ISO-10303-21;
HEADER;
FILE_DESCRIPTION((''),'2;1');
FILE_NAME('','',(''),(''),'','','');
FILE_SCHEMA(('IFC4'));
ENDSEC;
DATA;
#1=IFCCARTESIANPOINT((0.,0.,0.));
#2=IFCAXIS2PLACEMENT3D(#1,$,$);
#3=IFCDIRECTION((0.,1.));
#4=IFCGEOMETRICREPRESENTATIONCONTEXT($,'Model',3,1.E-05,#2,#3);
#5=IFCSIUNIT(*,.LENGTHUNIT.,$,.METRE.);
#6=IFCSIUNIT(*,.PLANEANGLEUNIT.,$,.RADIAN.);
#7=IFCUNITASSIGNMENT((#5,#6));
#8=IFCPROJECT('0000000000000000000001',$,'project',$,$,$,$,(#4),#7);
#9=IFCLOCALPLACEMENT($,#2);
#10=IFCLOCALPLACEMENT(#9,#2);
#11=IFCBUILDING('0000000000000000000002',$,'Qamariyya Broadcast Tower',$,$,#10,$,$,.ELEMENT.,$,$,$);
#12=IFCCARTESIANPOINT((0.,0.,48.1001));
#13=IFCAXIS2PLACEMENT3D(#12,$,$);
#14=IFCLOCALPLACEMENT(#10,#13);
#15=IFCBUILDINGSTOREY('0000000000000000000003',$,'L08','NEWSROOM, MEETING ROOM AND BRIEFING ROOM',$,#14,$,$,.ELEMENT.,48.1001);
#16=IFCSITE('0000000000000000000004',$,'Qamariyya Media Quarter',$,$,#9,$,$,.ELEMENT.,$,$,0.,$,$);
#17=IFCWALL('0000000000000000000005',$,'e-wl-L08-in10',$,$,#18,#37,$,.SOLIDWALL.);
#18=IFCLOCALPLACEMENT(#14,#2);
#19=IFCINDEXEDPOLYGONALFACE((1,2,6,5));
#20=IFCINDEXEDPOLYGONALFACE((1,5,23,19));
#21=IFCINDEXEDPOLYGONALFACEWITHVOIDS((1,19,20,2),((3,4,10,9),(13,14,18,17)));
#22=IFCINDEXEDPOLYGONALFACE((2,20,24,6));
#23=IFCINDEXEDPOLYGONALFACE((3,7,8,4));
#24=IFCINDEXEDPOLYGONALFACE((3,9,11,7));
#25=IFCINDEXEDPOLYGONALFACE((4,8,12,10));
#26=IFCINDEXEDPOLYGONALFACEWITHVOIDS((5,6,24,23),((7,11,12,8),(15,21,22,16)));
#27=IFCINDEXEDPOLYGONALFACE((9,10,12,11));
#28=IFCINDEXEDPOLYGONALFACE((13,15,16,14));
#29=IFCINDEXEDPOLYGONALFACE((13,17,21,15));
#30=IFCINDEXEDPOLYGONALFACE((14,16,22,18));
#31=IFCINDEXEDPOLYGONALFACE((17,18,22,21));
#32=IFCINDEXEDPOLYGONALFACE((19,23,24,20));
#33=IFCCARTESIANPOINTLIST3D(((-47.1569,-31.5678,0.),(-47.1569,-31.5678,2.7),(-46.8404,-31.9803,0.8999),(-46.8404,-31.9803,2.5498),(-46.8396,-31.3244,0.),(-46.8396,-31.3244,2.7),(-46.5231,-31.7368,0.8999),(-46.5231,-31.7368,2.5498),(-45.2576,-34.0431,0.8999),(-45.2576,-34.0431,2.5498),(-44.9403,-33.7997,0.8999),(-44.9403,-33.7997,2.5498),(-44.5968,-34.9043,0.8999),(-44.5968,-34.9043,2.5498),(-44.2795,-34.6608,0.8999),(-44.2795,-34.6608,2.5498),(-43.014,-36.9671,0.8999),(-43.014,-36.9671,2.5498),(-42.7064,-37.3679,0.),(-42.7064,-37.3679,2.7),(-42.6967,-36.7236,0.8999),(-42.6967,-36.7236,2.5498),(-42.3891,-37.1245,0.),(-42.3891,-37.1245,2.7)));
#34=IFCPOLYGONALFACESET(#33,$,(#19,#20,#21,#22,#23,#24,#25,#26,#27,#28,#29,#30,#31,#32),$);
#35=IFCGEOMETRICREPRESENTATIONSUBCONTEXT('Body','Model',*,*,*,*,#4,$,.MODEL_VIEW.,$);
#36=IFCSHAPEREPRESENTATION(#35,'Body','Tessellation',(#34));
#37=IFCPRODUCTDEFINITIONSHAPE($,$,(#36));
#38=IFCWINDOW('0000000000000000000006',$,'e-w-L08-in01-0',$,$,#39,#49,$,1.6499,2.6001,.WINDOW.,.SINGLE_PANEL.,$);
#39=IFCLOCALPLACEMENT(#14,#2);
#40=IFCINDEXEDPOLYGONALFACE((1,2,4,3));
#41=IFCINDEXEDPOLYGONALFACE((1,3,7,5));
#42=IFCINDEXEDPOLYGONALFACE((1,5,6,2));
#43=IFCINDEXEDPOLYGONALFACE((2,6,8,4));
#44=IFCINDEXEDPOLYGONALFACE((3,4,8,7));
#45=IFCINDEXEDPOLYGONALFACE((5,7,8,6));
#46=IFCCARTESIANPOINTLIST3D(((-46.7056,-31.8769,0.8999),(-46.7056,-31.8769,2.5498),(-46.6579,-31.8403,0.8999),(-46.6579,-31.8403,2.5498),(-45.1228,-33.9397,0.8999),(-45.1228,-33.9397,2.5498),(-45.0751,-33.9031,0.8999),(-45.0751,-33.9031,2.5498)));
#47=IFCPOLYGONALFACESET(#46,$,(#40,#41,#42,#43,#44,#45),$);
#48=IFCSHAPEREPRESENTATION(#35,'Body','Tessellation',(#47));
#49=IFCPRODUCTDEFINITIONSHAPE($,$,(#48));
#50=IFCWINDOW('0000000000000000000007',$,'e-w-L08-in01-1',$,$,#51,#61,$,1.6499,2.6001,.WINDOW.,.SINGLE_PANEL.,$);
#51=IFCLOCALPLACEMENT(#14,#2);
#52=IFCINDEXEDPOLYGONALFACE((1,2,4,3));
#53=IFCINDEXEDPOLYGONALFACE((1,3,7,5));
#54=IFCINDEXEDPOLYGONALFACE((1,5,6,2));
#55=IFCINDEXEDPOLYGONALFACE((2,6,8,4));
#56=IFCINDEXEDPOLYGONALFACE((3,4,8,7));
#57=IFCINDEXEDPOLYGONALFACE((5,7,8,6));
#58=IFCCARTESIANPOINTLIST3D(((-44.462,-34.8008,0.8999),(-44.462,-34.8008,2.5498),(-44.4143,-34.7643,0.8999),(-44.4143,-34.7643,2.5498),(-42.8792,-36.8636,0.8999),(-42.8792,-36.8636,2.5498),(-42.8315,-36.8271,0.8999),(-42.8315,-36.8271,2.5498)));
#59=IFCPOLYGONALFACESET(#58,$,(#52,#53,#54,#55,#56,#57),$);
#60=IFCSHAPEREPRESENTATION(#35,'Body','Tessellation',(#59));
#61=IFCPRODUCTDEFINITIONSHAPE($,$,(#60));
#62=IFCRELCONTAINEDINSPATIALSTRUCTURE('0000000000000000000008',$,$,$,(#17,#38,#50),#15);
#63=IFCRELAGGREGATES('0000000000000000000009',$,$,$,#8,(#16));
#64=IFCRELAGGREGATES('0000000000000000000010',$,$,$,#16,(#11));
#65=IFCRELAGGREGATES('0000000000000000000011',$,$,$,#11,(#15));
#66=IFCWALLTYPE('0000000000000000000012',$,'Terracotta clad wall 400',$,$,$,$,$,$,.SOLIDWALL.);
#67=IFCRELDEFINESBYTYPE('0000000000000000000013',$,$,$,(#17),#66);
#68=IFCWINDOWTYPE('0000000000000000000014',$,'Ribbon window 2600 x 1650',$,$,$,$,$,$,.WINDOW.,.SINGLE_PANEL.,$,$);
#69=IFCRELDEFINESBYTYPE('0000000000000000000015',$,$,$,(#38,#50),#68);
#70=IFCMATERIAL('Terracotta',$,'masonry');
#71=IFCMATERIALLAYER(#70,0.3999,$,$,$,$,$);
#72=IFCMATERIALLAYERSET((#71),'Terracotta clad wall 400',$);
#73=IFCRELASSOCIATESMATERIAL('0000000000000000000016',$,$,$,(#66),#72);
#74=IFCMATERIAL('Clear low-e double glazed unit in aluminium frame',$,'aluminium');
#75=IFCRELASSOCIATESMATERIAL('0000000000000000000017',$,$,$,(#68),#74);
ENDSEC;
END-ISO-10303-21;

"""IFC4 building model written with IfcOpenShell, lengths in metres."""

from ifc_helpers import new_model, si_unit, direction, frame, frame_2d, origin, place, context, subcontext, project, spatial, rectangle, extrude, material, layer, layer_set, type_object, element, fill, save


model = new_model("IFC4")

# Units and contexts
model_context = context("Model", 3, precision=1e-05, world=origin(), true_north=direction((0.0, 1.0)))
body_context = subcontext(model_context, "Body", "Model", "MODEL_VIEW")
ifc_project = project(units=[si_unit("LENGTHUNIT", "METRE"), si_unit("PLANEANGLEUNIT", "RADIAN")], contexts=[model_context])

# Site, building, storey
site_placement = place(None, origin())
site = spatial("IfcSite", under=ifc_project, at=site_placement, Name="Qamariyya Media Quarter", CompositionType="ELEMENT", RefElevation=0.0)
building_placement = place(site_placement, origin())
building = spatial("IfcBuilding", under=site, at=building_placement, Name="Qamariyya Broadcast Tower", CompositionType="ELEMENT")
storey_placement = place(building_placement, frame((0.0, 0.0, 48.1001)))
storey = spatial("IfcBuildingStorey", under=building, at=storey_placement, Name="L08", Description="NEWSROOM, MEETING ROOM AND BRIEFING ROOM", CompositionType="ELEMENT", Elevation=48.1001)

# Shared definitions
ifc_material_1 = material(Name="Terracotta", Category="masonry")
ifc_layer = layer(ifc_material_1, 0.3999)
ifc_layer_set = layer_set([ifc_layer], Name="Terracotta clad wall 400")
wall_type = type_object("IfcWallType", Name="Terracotta clad wall 400", PredefinedType="SOLIDWALL", material=ifc_layer_set)
ifc_material_2 = material(Name="Clear low-e double glazed unit in aluminium frame", Category="aluminium")

# Wall, openings, windows
wall_1_placement = place(storey_placement, frame((-42.5479, -37.2461, 0.0), z_axis=(0.0, 0.0, 1.0), x_axis=(-0.608753, 0.79336, 0.0)))
wall_1 = element("IfcWall", 1, at=wall_1_placement, inside=storey, type_object=wall_type, Name="e-wl-L08-in10", PredefinedType="SOLIDWALL", context=body_context, shape_type="SweptSolid", body=[
    extrude(rectangle(XDim=7.3108, YDim=0.3999, at=frame_2d((3.6553, 0.0))), origin(), (0.0, 0.0, 1.0), 2.7),
])
opening_1_placement = place(wall_1_placement, frame((4.1907, 0.0, 0.8999)))
opening_1 = element("IfcOpeningElement", 2, at=opening_1_placement, cuts=wall_1, PredefinedType="OPENING", context=body_context, shape_type="SweptSolid", body=[
    extrude(rectangle(XDim=2.6001, YDim=1.6499, at=frame_2d((1.3, 0.825))), frame((0.0, 0.21, 0.0), z_axis=(0.0, -1.0, 0.0), x_axis=(1.0, 0.0, 0.0)), (0.0, 0.0, 1.0), 0.4199),
])
opening_2_placement = place(wall_1_placement, frame((0.5051, 0.0, 0.8999)))
opening_2 = element("IfcOpeningElement", 3, at=opening_2_placement, cuts=wall_1, PredefinedType="OPENING", context=body_context, shape_type="SweptSolid", body=[
    extrude(rectangle(XDim=2.6001, YDim=1.6499, at=frame_2d((1.3, 0.825))), frame((0.0, 0.21, 0.0), z_axis=(0.0, -1.0, 0.0), x_axis=(1.0, 0.0, 0.0)), (0.0, 0.0, 1.0), 0.4199),
])
window_type_1 = type_object("IfcWindowType", Name="Ribbon window 2600 x 1650", PartitioningType="SINGLE_PANEL", PredefinedType="WINDOW", material=ifc_material_2)
window_1_placement = place(opening_1_placement, origin())
window_1 = element("IfcWindow", 4, at=window_1_placement, inside=storey, type_object=window_type_1, Name="e-w-L08-in01-0", OverallHeight=1.6499, OverallWidth=2.6001, PartitioningType="SINGLE_PANEL", PredefinedType="WINDOW", context=body_context, shape_type="SweptSolid", body=[
    extrude(rectangle(XDim=2.6001, YDim=1.6499, at=frame_2d((1.3, 0.825))), frame((0.0, 0.03, 0.0), z_axis=(0.0, -1.0, 0.0), x_axis=(1.0, 0.0, 0.0)), (0.0, 0.0, 1.0), 0.0601),
])
fill(opening_1, window_1)
window_2_placement = place(opening_2_placement, origin())
window_2 = element("IfcWindow", 5, at=window_2_placement, inside=storey, type_object=window_type_1, Name="e-w-L08-in01-1", OverallHeight=1.6499, OverallWidth=2.6001, PartitioningType="SINGLE_PANEL", PredefinedType="WINDOW", context=body_context, shape_type="SweptSolid", body=[
    extrude(rectangle(XDim=2.6001, YDim=1.6499, at=frame_2d((1.3, 0.825))), frame((0.0, 0.03, 0.0), z_axis=(0.0, -1.0, 0.0), x_axis=(1.0, 0.0, 0.0)), (0.0, 0.0, 1.0), 0.0601),
])
fill(opening_2, window_2)

save(model, "model.ifc")
